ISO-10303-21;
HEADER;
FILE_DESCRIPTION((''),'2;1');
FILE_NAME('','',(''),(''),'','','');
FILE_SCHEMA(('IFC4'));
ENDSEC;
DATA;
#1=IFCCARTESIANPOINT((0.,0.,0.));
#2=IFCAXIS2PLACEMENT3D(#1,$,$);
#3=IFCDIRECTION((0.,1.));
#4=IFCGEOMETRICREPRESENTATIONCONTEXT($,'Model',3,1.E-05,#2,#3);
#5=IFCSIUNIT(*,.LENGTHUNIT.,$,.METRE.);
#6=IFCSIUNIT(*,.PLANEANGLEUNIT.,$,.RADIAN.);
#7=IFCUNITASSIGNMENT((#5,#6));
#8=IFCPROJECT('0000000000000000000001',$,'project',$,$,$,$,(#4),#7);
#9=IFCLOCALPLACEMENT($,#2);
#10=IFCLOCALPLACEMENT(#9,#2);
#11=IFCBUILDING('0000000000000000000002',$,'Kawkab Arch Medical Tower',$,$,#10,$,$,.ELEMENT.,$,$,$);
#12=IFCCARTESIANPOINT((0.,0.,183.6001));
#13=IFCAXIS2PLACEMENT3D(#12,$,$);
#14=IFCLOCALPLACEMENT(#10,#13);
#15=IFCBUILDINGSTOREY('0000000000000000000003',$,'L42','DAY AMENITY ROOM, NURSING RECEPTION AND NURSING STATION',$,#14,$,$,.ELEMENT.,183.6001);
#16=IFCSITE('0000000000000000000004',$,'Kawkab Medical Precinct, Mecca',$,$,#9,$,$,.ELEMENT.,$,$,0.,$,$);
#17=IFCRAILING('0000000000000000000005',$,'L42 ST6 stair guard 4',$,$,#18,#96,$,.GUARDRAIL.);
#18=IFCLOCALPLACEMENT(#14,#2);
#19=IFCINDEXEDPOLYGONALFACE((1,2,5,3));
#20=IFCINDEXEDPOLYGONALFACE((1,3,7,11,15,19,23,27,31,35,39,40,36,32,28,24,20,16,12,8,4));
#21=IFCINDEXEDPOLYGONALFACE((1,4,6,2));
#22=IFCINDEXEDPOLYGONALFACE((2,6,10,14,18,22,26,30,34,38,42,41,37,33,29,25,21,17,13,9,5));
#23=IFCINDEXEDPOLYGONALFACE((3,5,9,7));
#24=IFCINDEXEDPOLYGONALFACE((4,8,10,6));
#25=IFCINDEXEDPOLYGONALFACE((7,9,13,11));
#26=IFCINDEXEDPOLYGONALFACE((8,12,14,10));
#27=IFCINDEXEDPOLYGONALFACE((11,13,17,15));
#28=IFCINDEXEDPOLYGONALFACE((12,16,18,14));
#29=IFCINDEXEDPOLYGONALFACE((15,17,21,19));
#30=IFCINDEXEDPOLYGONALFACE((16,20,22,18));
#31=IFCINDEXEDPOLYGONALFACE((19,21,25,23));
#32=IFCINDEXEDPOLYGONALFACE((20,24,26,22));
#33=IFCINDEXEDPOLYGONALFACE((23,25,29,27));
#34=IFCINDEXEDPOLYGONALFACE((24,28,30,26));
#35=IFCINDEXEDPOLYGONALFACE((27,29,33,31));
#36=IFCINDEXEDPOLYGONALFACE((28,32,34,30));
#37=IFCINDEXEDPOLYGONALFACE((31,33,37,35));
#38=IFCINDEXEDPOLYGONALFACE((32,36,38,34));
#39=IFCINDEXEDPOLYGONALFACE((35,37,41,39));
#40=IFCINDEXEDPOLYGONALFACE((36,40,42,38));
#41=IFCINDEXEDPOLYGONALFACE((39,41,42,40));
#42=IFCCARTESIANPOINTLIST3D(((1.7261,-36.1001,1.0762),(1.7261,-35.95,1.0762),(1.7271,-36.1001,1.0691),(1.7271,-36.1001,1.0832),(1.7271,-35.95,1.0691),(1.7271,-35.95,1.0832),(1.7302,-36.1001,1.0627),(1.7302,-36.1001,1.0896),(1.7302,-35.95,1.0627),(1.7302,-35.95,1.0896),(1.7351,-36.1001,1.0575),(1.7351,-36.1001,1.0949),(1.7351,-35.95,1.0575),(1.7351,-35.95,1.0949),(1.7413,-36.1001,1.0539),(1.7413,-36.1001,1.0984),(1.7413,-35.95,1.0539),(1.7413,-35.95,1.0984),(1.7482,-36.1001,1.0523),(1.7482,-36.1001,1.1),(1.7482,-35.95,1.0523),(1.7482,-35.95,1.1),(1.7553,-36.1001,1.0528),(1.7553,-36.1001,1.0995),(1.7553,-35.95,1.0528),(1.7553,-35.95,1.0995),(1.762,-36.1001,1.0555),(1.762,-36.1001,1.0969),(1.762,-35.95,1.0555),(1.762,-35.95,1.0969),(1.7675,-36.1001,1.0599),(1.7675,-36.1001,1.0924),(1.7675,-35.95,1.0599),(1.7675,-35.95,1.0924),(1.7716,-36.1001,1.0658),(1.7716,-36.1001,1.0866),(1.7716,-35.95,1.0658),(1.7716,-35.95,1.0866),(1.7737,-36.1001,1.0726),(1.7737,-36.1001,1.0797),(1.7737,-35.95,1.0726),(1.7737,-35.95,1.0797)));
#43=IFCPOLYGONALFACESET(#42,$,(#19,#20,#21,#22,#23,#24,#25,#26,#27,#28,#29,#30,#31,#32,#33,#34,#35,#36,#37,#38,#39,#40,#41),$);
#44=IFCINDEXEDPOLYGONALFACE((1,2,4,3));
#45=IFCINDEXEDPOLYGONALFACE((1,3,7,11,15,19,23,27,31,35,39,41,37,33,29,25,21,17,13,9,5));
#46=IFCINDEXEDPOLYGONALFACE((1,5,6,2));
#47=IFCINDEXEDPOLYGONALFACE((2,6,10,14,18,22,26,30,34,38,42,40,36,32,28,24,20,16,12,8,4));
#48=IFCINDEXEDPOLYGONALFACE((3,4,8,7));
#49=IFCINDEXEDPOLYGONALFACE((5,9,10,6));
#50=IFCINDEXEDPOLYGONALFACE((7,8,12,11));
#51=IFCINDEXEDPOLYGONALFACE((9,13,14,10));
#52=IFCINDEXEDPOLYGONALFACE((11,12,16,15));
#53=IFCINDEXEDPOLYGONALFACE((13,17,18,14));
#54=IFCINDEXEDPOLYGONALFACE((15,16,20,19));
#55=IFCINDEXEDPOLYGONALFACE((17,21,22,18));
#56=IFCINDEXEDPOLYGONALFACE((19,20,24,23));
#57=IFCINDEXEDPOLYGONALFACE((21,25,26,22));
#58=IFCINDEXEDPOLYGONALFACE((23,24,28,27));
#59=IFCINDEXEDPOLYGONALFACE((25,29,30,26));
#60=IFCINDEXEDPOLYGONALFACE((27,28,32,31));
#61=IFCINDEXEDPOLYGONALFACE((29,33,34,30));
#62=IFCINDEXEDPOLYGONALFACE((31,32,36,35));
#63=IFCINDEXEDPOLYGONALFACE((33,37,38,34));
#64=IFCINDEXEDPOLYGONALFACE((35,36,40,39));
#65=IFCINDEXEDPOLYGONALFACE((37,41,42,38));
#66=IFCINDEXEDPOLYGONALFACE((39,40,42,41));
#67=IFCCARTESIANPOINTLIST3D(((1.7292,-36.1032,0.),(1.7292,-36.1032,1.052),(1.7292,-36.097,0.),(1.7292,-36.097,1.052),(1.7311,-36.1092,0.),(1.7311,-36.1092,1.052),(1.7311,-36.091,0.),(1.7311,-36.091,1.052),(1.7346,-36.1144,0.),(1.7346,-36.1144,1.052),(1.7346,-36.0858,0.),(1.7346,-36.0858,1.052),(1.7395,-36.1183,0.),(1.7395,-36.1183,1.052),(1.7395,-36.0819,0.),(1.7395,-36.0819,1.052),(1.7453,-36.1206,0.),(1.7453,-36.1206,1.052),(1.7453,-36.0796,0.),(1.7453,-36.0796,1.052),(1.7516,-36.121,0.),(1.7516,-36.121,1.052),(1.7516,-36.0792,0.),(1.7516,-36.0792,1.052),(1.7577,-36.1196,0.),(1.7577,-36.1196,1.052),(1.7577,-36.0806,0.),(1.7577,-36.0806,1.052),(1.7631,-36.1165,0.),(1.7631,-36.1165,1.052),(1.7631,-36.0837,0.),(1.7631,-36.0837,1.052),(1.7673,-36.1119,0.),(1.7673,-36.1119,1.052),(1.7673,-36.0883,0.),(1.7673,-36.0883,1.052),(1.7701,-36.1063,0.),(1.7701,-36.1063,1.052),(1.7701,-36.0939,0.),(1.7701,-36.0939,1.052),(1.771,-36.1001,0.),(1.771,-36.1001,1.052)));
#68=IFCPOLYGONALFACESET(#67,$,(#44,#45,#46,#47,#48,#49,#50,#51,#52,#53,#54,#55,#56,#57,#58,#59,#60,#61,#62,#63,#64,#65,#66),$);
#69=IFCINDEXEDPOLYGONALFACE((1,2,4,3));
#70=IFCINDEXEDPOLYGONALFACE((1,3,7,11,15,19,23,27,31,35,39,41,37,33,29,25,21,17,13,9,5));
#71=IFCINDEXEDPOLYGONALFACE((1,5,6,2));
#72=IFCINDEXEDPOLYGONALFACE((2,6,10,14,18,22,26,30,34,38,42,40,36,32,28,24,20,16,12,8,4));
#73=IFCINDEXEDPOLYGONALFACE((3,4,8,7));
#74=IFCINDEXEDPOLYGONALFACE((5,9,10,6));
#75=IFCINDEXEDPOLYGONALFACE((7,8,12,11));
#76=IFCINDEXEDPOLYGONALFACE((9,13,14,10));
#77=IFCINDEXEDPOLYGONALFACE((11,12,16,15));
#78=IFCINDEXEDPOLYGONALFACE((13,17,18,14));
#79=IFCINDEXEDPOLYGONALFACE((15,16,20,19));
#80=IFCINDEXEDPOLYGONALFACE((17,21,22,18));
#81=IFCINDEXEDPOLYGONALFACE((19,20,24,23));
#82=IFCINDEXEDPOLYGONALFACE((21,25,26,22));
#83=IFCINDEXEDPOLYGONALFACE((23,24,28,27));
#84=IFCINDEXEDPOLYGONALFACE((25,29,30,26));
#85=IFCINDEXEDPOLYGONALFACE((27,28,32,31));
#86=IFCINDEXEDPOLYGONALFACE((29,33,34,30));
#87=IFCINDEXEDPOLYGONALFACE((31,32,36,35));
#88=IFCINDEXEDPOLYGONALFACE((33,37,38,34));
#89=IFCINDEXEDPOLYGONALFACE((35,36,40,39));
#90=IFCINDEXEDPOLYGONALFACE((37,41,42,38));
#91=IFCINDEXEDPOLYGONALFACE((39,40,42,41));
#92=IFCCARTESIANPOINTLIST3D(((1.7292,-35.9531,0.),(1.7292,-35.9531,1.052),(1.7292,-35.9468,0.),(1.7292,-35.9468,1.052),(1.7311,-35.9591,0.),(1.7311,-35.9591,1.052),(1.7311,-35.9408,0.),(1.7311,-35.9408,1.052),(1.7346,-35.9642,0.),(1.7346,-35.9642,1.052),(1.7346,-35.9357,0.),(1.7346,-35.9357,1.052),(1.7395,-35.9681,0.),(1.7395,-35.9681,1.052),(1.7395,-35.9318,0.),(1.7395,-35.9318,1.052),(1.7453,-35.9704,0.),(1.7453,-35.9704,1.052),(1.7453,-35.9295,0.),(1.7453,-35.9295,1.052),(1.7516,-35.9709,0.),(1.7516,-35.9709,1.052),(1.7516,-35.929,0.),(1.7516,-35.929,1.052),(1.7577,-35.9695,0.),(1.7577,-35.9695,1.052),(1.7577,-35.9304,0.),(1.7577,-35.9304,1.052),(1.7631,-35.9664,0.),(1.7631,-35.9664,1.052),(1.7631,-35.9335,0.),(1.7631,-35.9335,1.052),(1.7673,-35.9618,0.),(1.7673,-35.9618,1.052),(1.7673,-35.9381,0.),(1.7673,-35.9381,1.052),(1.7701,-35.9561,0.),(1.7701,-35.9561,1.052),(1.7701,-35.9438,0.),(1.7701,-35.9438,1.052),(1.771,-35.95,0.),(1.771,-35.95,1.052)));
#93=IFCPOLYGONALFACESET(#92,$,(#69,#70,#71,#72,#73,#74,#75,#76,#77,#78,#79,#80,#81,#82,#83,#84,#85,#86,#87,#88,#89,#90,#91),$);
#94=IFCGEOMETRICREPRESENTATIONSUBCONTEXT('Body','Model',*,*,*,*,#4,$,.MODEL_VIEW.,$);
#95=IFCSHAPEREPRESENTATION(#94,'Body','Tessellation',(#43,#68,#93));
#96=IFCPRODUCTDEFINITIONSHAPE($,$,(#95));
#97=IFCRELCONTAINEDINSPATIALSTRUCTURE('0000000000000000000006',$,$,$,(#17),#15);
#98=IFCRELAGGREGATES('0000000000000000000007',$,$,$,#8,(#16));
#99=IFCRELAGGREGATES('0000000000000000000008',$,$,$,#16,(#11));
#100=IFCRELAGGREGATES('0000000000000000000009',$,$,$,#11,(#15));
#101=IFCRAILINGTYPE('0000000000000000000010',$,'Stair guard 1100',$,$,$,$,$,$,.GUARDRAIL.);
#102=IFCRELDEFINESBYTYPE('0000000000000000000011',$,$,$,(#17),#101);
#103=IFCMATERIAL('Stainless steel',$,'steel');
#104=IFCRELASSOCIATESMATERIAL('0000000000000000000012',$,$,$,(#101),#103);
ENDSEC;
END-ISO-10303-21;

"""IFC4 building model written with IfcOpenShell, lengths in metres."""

from ifc_helpers import new_model, si_unit, direction, frame, origin, origin_2d, place, context, subcontext, project, spatial, circle, extrude, material, type_object, element, save


model = new_model("IFC4")

# Units and contexts
model_context = context("Model", 3, precision=1e-05, world=origin(), true_north=direction((0.0, 1.0)))
body_context = subcontext(model_context, "Body", "Model", "MODEL_VIEW")
ifc_project = project(units=[si_unit("LENGTHUNIT", "METRE"), si_unit("PLANEANGLEUNIT", "RADIAN")], contexts=[model_context])

# Site, building, storey
site_placement = place(None, origin())
site = spatial("IfcSite", under=ifc_project, at=site_placement, Name="Kawkab Medical Precinct, Mecca", CompositionType="ELEMENT", RefElevation=0.0)
building_placement = place(site_placement, origin())
building = spatial("IfcBuilding", under=site, at=building_placement, Name="Kawkab Arch Medical Tower", CompositionType="ELEMENT")
storey_placement = place(building_placement, frame((0.0, 0.0, 183.6001)))
storey = spatial("IfcBuildingStorey", under=building, at=storey_placement, Name="L42", Description="DAY AMENITY ROOM, NURSING RECEPTION AND NURSING STATION", CompositionType="ELEMENT", Elevation=183.6001)

# Railing
ifc_material_1 = material(Name="Stainless steel", Category="steel")
railing_type = type_object("IfcRailingType", Name="Stair guard 1100", PredefinedType="GUARDRAIL", material=ifc_material_1)
railing_1_placement = place(storey_placement, frame((1.75, -36.1001, 0.0)))
element("IfcRailing", 1, at=railing_1_placement, inside=storey, type_object=railing_type, Name="L42 ST6 stair guard 4", PredefinedType="GUARDRAIL", context=body_context, shape_type="SweptSolid", body=[
    extrude(circle(Radius=0.0239, at=origin_2d()), frame((0.0, 0.0, 1.0762), z_axis=(0.0, 1.0, 0.0), x_axis=(-1.0, 0.0, 0.0)), (0.0, 0.0, 1.0), 0.1501),
    extrude(circle(Radius=0.021, at=origin_2d()), origin(), (0.0, 0.0, 1.0), 1.052),
    extrude(circle(Radius=0.021, at=origin_2d()), frame((0.0, 0.1501, 0.0)), (0.0, 0.0, 1.0), 1.052),
])

save(model, "model.ifc")
